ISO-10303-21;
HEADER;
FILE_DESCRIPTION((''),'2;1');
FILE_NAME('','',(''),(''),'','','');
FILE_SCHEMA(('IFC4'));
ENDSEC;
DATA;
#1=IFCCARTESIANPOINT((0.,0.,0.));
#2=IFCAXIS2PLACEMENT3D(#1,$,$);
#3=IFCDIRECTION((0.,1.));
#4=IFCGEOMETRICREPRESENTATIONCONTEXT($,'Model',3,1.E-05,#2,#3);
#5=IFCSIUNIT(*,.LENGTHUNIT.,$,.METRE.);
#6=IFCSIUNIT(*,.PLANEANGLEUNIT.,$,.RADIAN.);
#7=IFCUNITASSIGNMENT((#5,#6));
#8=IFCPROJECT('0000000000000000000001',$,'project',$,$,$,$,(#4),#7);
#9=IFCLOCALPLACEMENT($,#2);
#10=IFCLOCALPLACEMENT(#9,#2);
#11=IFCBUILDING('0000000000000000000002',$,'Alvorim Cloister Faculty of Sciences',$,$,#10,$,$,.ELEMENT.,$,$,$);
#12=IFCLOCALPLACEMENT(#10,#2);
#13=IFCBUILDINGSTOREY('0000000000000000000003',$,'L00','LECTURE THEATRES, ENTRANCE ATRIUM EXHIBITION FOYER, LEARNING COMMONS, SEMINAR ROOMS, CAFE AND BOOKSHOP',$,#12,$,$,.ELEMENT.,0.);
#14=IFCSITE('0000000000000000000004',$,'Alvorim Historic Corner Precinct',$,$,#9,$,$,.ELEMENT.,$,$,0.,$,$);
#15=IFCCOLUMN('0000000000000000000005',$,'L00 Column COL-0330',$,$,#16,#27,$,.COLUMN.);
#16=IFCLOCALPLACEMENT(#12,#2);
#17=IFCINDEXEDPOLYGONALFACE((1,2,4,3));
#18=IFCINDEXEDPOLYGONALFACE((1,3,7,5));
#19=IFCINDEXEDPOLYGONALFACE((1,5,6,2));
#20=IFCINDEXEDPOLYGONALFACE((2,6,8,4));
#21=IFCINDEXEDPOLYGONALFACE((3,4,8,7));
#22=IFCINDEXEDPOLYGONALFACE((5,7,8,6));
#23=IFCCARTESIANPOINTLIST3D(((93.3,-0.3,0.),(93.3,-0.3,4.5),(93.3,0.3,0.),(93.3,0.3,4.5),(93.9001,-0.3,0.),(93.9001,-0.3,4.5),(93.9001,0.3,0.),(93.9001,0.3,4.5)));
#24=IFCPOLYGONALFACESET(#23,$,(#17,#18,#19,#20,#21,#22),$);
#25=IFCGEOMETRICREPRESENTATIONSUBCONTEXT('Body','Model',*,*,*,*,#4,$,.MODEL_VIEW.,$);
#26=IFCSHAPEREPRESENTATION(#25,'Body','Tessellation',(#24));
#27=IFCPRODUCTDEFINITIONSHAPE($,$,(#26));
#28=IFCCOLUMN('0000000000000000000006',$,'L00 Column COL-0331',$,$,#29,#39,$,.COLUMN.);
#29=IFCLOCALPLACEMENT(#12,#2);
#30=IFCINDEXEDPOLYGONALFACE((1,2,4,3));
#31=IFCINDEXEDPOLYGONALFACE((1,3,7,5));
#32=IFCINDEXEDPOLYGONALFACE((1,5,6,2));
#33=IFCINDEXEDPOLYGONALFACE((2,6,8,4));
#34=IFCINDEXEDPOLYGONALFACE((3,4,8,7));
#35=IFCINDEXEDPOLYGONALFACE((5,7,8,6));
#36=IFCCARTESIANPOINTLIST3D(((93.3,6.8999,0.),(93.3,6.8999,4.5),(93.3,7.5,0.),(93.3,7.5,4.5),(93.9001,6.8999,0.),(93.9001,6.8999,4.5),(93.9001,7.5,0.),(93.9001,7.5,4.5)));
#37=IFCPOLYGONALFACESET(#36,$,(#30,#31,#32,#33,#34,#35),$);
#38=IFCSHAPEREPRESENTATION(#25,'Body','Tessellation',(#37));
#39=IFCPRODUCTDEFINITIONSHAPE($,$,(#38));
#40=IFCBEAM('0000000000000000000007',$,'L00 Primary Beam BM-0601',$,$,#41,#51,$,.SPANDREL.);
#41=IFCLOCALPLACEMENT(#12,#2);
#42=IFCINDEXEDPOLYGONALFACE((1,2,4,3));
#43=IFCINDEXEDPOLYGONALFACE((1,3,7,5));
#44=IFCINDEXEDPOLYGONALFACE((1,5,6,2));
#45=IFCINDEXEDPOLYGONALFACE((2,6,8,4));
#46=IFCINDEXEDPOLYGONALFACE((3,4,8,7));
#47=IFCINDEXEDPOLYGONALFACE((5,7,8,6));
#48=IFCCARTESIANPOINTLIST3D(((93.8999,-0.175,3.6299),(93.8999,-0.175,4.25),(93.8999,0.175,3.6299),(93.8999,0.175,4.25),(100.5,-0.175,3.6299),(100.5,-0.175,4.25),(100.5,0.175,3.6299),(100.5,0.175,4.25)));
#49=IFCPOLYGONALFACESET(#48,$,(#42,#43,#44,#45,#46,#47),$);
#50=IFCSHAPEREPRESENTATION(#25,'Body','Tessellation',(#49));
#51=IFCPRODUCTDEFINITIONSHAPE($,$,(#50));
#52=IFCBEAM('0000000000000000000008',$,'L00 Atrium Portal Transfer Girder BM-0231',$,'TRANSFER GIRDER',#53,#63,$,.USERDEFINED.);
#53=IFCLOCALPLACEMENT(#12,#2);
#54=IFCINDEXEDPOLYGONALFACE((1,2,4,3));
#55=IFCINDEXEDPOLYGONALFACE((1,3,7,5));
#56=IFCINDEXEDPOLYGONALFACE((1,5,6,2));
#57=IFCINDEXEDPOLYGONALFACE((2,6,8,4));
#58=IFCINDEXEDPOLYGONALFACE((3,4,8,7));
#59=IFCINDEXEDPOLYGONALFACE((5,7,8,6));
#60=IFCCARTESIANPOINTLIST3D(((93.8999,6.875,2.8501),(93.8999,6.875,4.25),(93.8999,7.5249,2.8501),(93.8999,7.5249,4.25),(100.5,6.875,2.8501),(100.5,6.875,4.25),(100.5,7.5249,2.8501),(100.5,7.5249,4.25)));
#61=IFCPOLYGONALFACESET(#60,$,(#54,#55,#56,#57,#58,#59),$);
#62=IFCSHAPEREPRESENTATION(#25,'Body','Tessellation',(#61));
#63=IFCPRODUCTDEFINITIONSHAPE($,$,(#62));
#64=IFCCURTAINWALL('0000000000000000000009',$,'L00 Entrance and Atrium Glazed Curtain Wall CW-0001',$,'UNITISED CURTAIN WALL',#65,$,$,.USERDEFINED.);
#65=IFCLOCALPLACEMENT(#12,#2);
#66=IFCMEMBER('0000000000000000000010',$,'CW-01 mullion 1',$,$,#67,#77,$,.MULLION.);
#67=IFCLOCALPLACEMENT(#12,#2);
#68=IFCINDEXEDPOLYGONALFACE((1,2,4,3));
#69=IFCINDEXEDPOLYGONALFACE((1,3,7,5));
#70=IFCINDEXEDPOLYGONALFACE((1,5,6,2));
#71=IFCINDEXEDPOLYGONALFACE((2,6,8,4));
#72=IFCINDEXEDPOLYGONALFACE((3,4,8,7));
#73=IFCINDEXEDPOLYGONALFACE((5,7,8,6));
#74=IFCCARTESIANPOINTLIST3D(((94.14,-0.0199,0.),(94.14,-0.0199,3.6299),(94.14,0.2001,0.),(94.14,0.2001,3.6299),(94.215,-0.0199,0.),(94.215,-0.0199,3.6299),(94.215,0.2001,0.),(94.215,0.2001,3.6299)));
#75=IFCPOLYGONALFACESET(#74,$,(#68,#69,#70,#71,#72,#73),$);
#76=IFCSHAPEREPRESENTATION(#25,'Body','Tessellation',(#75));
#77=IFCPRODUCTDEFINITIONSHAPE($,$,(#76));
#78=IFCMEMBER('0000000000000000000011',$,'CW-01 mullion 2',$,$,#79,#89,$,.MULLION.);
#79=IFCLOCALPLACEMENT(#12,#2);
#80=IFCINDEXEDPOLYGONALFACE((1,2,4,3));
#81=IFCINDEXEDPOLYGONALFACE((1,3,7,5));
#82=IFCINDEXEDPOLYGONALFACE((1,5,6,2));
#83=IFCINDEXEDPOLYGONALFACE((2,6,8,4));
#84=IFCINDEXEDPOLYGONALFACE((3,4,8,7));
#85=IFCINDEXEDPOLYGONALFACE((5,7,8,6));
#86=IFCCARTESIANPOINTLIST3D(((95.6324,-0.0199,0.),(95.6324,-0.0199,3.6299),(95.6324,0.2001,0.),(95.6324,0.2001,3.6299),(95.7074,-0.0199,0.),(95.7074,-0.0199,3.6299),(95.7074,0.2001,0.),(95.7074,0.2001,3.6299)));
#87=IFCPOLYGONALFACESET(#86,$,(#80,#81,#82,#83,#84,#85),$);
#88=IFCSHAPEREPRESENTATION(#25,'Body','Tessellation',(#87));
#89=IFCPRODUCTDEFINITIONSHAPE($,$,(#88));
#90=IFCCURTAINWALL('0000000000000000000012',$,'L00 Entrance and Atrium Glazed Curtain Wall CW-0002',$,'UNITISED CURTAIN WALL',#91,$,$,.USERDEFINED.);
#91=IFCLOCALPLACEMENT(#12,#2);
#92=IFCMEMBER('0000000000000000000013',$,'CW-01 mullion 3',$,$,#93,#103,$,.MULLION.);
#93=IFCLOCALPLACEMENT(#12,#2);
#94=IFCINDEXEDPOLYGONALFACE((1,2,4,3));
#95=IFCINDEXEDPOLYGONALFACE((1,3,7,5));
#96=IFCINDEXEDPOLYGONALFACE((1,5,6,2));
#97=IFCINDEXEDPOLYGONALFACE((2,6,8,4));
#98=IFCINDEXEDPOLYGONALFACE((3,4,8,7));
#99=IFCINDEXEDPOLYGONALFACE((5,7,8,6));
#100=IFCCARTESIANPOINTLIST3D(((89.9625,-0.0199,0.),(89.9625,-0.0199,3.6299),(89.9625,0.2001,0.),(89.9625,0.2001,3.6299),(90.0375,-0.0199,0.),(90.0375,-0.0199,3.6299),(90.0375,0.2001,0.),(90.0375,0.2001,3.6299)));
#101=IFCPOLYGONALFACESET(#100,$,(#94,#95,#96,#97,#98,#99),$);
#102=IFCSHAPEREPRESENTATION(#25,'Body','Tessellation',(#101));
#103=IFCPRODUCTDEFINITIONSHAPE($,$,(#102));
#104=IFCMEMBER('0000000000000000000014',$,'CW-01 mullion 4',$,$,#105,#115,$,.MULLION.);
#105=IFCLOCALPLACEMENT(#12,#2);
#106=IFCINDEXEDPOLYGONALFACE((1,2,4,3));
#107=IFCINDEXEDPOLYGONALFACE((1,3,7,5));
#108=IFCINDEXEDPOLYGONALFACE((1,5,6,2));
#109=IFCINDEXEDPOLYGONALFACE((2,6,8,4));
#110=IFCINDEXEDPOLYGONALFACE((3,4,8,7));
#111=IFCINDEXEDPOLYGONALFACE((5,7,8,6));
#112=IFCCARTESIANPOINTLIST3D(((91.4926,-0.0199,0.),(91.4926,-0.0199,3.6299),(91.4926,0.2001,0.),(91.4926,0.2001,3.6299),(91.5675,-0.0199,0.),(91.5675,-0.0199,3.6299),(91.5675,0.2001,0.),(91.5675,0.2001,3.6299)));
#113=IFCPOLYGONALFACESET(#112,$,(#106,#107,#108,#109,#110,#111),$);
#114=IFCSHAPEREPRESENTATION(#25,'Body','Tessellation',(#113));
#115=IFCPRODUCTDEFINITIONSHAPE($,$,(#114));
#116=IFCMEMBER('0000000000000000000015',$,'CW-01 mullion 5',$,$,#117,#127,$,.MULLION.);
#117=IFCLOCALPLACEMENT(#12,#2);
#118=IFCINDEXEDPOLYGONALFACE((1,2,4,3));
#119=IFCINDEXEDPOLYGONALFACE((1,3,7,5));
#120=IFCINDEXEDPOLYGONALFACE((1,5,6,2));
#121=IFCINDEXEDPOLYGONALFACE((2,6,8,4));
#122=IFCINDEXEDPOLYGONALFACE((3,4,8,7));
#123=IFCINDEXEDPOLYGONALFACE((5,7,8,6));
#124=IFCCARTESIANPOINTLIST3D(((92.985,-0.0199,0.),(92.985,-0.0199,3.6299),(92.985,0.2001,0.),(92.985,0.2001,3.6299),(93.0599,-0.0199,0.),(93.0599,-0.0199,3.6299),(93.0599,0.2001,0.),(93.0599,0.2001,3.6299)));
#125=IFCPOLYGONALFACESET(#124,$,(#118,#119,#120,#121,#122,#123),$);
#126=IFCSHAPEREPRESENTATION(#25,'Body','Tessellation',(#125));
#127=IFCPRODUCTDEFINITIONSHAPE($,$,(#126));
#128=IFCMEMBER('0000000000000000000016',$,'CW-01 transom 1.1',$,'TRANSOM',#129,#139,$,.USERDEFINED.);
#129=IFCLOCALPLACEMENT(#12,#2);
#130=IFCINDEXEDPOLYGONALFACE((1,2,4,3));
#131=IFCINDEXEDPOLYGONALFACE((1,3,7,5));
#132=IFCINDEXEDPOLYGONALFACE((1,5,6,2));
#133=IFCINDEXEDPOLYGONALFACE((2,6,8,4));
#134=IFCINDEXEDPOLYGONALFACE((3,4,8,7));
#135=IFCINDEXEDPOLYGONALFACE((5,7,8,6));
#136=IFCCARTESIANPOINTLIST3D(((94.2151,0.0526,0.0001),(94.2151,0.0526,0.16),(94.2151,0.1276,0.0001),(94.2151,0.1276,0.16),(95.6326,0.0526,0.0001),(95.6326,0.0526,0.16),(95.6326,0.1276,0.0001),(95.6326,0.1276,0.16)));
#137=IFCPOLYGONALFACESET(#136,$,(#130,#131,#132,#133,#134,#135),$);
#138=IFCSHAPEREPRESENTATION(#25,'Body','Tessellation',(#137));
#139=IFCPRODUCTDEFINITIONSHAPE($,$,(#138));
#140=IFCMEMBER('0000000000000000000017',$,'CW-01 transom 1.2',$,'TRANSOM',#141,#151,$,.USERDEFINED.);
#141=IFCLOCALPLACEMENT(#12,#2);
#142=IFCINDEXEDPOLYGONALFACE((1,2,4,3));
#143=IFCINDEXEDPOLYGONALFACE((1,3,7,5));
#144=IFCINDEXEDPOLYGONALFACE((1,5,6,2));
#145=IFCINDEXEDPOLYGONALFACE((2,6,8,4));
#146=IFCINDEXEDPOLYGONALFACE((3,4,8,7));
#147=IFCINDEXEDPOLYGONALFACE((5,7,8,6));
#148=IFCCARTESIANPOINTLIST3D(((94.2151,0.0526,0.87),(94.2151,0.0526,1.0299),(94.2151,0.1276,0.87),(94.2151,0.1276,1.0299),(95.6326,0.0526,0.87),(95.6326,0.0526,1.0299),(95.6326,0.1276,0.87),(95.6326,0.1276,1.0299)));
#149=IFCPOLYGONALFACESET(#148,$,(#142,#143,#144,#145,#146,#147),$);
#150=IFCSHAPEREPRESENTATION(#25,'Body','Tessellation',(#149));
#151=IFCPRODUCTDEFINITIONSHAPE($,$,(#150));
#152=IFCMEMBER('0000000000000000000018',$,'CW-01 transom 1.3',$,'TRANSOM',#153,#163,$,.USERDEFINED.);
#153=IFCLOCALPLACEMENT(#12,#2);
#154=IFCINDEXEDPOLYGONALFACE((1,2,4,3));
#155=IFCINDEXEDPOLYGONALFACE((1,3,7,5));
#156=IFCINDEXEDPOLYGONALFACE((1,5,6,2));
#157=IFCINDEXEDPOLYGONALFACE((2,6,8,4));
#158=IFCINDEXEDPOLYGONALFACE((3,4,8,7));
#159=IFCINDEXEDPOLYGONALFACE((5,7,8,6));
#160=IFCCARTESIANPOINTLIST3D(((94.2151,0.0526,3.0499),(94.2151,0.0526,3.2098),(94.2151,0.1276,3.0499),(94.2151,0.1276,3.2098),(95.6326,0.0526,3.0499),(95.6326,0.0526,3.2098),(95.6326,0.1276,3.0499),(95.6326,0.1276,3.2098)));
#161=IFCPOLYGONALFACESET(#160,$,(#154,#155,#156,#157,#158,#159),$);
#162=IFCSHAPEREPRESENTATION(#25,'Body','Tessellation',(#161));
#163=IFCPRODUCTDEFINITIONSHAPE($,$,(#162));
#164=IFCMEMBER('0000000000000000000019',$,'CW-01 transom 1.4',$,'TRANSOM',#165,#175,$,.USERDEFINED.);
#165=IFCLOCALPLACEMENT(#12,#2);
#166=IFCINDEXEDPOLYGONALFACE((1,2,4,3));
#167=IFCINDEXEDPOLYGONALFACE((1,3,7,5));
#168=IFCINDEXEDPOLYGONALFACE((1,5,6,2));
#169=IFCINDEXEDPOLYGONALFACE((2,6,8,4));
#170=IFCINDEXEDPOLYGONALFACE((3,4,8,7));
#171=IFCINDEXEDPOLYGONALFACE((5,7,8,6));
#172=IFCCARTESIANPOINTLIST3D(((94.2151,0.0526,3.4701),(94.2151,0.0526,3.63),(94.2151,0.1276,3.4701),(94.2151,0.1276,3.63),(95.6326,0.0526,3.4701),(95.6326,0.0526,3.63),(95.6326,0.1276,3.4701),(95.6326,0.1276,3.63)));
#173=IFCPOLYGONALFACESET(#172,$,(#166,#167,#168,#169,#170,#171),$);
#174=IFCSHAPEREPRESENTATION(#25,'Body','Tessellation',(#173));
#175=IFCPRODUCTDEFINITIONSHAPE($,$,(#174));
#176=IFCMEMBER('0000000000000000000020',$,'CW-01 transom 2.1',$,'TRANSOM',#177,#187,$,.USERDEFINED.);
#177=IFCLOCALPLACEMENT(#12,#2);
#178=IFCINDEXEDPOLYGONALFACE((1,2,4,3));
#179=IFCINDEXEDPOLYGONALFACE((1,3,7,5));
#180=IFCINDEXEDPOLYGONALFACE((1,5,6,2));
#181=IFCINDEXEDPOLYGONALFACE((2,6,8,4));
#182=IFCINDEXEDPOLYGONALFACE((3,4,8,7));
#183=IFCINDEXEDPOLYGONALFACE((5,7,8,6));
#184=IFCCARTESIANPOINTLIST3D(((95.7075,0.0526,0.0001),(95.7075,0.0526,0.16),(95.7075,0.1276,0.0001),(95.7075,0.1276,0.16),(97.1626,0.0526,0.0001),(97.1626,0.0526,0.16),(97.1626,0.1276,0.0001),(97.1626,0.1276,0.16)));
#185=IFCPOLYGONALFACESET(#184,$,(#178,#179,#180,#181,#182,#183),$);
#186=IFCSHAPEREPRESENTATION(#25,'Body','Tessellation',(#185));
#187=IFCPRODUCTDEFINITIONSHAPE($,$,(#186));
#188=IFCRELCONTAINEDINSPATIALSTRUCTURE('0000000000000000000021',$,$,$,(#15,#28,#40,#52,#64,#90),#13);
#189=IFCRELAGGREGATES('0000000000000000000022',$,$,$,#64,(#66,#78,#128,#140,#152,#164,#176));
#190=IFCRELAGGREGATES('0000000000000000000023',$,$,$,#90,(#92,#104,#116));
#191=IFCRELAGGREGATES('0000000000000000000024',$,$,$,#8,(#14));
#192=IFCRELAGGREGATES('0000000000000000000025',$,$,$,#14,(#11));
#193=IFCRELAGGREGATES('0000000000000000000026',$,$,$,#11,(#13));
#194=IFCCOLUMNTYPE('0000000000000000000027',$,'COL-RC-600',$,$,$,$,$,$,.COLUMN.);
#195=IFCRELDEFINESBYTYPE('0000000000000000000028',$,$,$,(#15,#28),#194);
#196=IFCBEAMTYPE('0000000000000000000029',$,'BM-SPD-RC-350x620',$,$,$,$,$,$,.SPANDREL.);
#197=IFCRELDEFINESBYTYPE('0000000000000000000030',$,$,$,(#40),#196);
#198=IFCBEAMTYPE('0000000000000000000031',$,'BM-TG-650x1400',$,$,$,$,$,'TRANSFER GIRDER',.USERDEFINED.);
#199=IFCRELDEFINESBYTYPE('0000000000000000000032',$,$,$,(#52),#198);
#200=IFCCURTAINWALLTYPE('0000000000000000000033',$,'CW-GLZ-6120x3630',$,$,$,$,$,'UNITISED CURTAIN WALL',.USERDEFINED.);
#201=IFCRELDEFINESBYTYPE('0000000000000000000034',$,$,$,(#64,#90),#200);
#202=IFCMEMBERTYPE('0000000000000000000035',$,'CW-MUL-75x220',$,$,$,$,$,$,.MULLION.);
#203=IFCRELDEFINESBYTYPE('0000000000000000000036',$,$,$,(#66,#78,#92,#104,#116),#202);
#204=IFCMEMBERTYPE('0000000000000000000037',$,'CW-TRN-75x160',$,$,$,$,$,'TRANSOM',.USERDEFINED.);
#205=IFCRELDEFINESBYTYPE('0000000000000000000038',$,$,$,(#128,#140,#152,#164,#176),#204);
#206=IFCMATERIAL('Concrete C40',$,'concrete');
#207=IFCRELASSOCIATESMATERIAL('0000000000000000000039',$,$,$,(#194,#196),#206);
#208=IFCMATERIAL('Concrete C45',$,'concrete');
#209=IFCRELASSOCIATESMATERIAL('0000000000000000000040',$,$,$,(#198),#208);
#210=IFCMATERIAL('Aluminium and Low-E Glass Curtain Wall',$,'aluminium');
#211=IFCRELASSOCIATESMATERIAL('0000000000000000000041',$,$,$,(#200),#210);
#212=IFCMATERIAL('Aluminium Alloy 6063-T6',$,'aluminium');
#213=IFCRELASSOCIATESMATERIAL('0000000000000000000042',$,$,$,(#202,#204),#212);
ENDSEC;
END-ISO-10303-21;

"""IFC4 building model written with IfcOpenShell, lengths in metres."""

from ifc_helpers import new_model, si_unit, direction, frame, origin, origin_2d, place, context, subcontext, project, spatial, rectangle, extrude, material, material_profile, profile_set, type_object, element, aggregate, save


model = new_model("IFC4")

# Units and contexts
model_context = context("Model", 3, precision=1e-05, world=origin(), true_north=direction((0.0, 1.0)))
body_context = subcontext(model_context, "Body", "Model", "MODEL_VIEW")
ifc_project = project(units=[si_unit("LENGTHUNIT", "METRE"), si_unit("PLANEANGLEUNIT", "RADIAN")], contexts=[model_context])

# Site, building, storey
site_placement = place(None, origin())
site = spatial("IfcSite", under=ifc_project, at=site_placement, Name="Alvorim Historic Corner Precinct", CompositionType="ELEMENT", RefElevation=0.0)
building_placement = place(site_placement, origin())
building = spatial("IfcBuilding", under=site, at=building_placement, Name="Alvorim Cloister Faculty of Sciences", CompositionType="ELEMENT")
storey_placement = place(building_placement, origin())
storey = spatial("IfcBuildingStorey", under=building, at=storey_placement, Name="L00", Description="LECTURE THEATRES, ENTRANCE ATRIUM EXHIBITION FOYER, LEARNING COMMONS, SEMINAR ROOMS, CAFE AND BOOKSHOP", CompositionType="ELEMENT", Elevation=0.0)

# Columns
ifc_material_1 = material(Name="Concrete C40", Category="concrete")
ifc_material_profile_1 = material_profile(ifc_material_1, rectangle(XDim=0.6001, YDim=0.6001, at=origin_2d()), Name="RC40-COL-600x600")
ifc_profile_set_1 = profile_set([ifc_material_profile_1], Name="Concrete C40")
column_type = type_object("IfcColumnType", Name="COL-RC-600", PredefinedType="COLUMN", material=ifc_profile_set_1)
for number, where, z_axis, x_axis, name in (
    (1, (93.6001, 0.0, 0.0), (0.0, 0.0, 1.0), (1.0, 0.0, 0.0), "L00 Column COL-0330"),
    (2, (93.6001, 7.2, 0.0), (0.0, 0.0, 1.0), (1.0, 0.0, 0.0), "L00 Column COL-0331"),
):
    element("IfcColumn", number, at=place(storey_placement, frame(where, z_axis=z_axis, x_axis=x_axis)), inside=storey, type_object=column_type, Name=name, PredefinedType="COLUMN", context=body_context, shape_type="SweptSolid", body=[
        extrude(rectangle(XDim=0.6001, YDim=0.6001, at=origin_2d()), origin(), (0.0, 0.0, 1.0), 4.5),
    ])

# Beams
ifc_material_profile_2 = material_profile(ifc_material_1, rectangle(XDim=0.3501, YDim=0.6201, at=origin_2d()), Name="RC40-SPD-350x620")
ifc_profile_set_2 = profile_set([ifc_material_profile_2], Name="Concrete C40")
beam_type_1 = type_object("IfcBeamType", Name="BM-SPD-RC-350x620", PredefinedType="SPANDREL", material=ifc_profile_set_2)
beam_1_placement = place(storey_placement, frame((93.8999, 0.0, 3.9399), z_axis=(1.0, 0.0, 0.0), x_axis=(0.0, 1.0, 0.0)))
element("IfcBeam", 3, at=beam_1_placement, inside=storey, type_object=beam_type_1, Name="L00 Primary Beam BM-0601", PredefinedType="SPANDREL", context=body_context, shape_type="SweptSolid", body=[
    extrude(rectangle(XDim=0.3501, YDim=0.6201, at=origin_2d()), origin(), (0.0, 0.0, 1.0), 6.6001),
])
ifc_material_2 = material(Name="Concrete C45", Category="concrete")
ifc_material_profile_3 = material_profile(ifc_material_2, rectangle(XDim=0.6499, YDim=1.3999, at=origin_2d()), Name="RC45-TG-650x1400")
ifc_profile_set_3 = profile_set([ifc_material_profile_3], Name="Concrete C45")
beam_type_2 = type_object("IfcBeamType", Name="BM-TG-650x1400", ElementType="TRANSFER GIRDER", PredefinedType="USERDEFINED", material=ifc_profile_set_3)
beam_2_placement = place(storey_placement, frame((93.8999, 7.2, 3.55), z_axis=(1.0, 0.0, 0.0), x_axis=(0.0, 1.0, 0.0)))
element("IfcBeam", 4, at=beam_2_placement, inside=storey, type_object=beam_type_2, Name="L00 Atrium Portal Transfer Girder BM-0231", ObjectType="TRANSFER GIRDER", PredefinedType="USERDEFINED", context=body_context, shape_type="SweptSolid", body=[
    extrude(rectangle(XDim=0.6499, YDim=1.3999, at=origin_2d()), origin(), (0.0, 0.0, 1.0), 6.6001),
])

# Curtain walls, members
ifc_material_3 = material(Name="Aluminium and Low-E Glass Curtain Wall", Category="aluminium")
curtain_wall_type = type_object("IfcCurtainWallType", Name="CW-GLZ-6120x3630", ElementType="UNITISED CURTAIN WALL", PredefinedType="USERDEFINED", material=ifc_material_3)
curtain_wall_1_placement = place(storey_placement, origin())
curtain_wall_1 = element("IfcCurtainWall", 5, at=curtain_wall_1_placement, inside=storey, type_object=curtain_wall_type, Name="L00 Entrance and Atrium Glazed Curtain Wall CW-0001", ObjectType="UNITISED CURTAIN WALL", PredefinedType="USERDEFINED")
ifc_material_4 = material(Name="Aluminium Alloy 6063-T6", Category="aluminium")
ifc_material_profile_4 = material_profile(ifc_material_4, rectangle(XDim=0.075, YDim=0.22, at=origin_2d()), Name="ALU-MUL-75x220")
ifc_profile_set_4 = profile_set([ifc_material_profile_4], Name="Aluminium Alloy 6063-T6")
member_type_1 = type_object("IfcMemberType", Name="CW-MUL-75x220", PredefinedType="MULLION", material=ifc_profile_set_4)
member_1_placement = place(storey_placement, frame((94.1775, 0.0901, 0.0), z_axis=(0.0, 0.0, 1.0), x_axis=(1.0, 0.0, 0.0)))
member_1 = element("IfcMember", 6, at=member_1_placement, type_object=member_type_1, Name="CW-01 mullion 1", PredefinedType="MULLION", context=body_context, shape_type="SweptSolid", body=[
    extrude(rectangle(XDim=0.075, YDim=0.22, at=origin_2d()), origin(), (0.0, 0.0, 1.0), 3.6299),
])
member_2_placement = place(storey_placement, frame((95.6699, 0.0901, 0.0), z_axis=(0.0, 0.0, 1.0), x_axis=(1.0, 0.0, 0.0)))
member_2 = element("IfcMember", 7, at=member_2_placement, type_object=member_type_1, Name="CW-01 mullion 2", PredefinedType="MULLION", context=body_context, shape_type="SweptSolid", body=[
    extrude(rectangle(XDim=0.075, YDim=0.22, at=origin_2d()), origin(), (0.0, 0.0, 1.0), 3.6299),
])
curtain_wall_2_placement = place(storey_placement, origin())
curtain_wall_2 = element("IfcCurtainWall", 8, at=curtain_wall_2_placement, inside=storey, type_object=curtain_wall_type, Name="L00 Entrance and Atrium Glazed Curtain Wall CW-0002", ObjectType="UNITISED CURTAIN WALL", PredefinedType="USERDEFINED")
member_3_placement = place(storey_placement, frame((90.0, 0.0901, 0.0), z_axis=(0.0, 0.0, 1.0), x_axis=(1.0, 0.0, 0.0)))
member_3 = element("IfcMember", 9, at=member_3_placement, type_object=member_type_1, Name="CW-01 mullion 3", PredefinedType="MULLION", context=body_context, shape_type="SweptSolid", body=[
    extrude(rectangle(XDim=0.075, YDim=0.22, at=origin_2d()), origin(), (0.0, 0.0, 1.0), 3.6299),
])
member_4_placement = place(storey_placement, frame((91.53, 0.0901, 0.0), z_axis=(0.0, 0.0, 1.0), x_axis=(1.0, 0.0, 0.0)))
member_4 = element("IfcMember", 10, at=member_4_placement, type_object=member_type_1, Name="CW-01 mullion 4", PredefinedType="MULLION", context=body_context, shape_type="SweptSolid", body=[
    extrude(rectangle(XDim=0.075, YDim=0.22, at=origin_2d()), origin(), (0.0, 0.0, 1.0), 3.6299),
])
member_5_placement = place(storey_placement, frame((93.0225, 0.0901, 0.0), z_axis=(0.0, 0.0, 1.0), x_axis=(1.0, 0.0, 0.0)))
member_5 = element("IfcMember", 11, at=member_5_placement, type_object=member_type_1, Name="CW-01 mullion 5", PredefinedType="MULLION", context=body_context, shape_type="SweptSolid", body=[
    extrude(rectangle(XDim=0.075, YDim=0.22, at=origin_2d()), origin(), (0.0, 0.0, 1.0), 3.6299),
])

# Members
ifc_material_profile_5 = material_profile(ifc_material_4, rectangle(XDim=0.075, YDim=0.1599, at=origin_2d()), Name="ALU-TRN-75x160")
ifc_profile_set_5 = profile_set([ifc_material_profile_5], Name="Aluminium Alloy 6063-T6")
member_type_2 = type_object("IfcMemberType", Name="CW-TRN-75x160", ElementType="TRANSOM", PredefinedType="USERDEFINED", material=ifc_profile_set_5)
member_6_placement = place(storey_placement, frame((94.2151, 0.0901, 0.0801), z_axis=(1.0, 0.0, 0.0), x_axis=(0.0, 1.0, 0.0)))
member_6 = element("IfcMember", 12, at=member_6_placement, type_object=member_type_2, Name="CW-01 transom 1.1", ObjectType="TRANSOM", PredefinedType="USERDEFINED", context=body_context, shape_type="SweptSolid", body=[
    extrude(rectangle(XDim=0.075, YDim=0.1599, at=origin_2d()), origin(), (0.0, 0.0, 1.0), 1.4175),
])
member_7_placement = place(storey_placement, frame((94.2151, 0.0901, 0.95), z_axis=(1.0, 0.0, 0.0), x_axis=(0.0, 1.0, 0.0)))
member_7 = element("IfcMember", 13, at=member_7_placement, type_object=member_type_2, Name="CW-01 transom 1.2", ObjectType="TRANSOM", PredefinedType="USERDEFINED", context=body_context, shape_type="SweptSolid", body=[
    extrude(rectangle(XDim=0.075, YDim=0.1599, at=origin_2d()), origin(), (0.0, 0.0, 1.0), 1.4175),
])
member_8_placement = place(storey_placement, frame((94.2151, 0.0901, 3.1299), z_axis=(1.0, 0.0, 0.0), x_axis=(0.0, 1.0, 0.0)))
member_8 = element("IfcMember", 14, at=member_8_placement, type_object=member_type_2, Name="CW-01 transom 1.3", ObjectType="TRANSOM", PredefinedType="USERDEFINED", context=body_context, shape_type="SweptSolid", body=[
    extrude(rectangle(XDim=0.075, YDim=0.1599, at=origin_2d()), origin(), (0.0, 0.0, 1.0), 1.4175),
])
member_9_placement = place(storey_placement, frame((94.2151, 0.0901, 3.55), z_axis=(1.0, 0.0, 0.0), x_axis=(0.0, 1.0, 0.0)))
member_9 = element("IfcMember", 15, at=member_9_placement, type_object=member_type_2, Name="CW-01 transom 1.4", ObjectType="TRANSOM", PredefinedType="USERDEFINED", context=body_context, shape_type="SweptSolid", body=[
    extrude(rectangle(XDim=0.075, YDim=0.1599, at=origin_2d()), origin(), (0.0, 0.0, 1.0), 1.4175),
])
member_10_placement = place(storey_placement, frame((95.7075, 0.0901, 0.0801), z_axis=(1.0, 0.0, 0.0), x_axis=(0.0, 1.0, 0.0)))
member_10 = element("IfcMember", 16, at=member_10_placement, type_object=member_type_2, Name="CW-01 transom 2.1", ObjectType="TRANSOM", PredefinedType="USERDEFINED", context=body_context, shape_type="SweptSolid", body=[
    extrude(rectangle(XDim=0.075, YDim=0.1599, at=origin_2d()), origin(), (0.0, 0.0, 1.0), 1.4551),
])

aggregate(curtain_wall_1, [member_1, member_2, member_6, member_7, member_8, member_9, member_10])
aggregate(curtain_wall_2, [member_3, member_4, member_5])

save(model, "model.ifc")
